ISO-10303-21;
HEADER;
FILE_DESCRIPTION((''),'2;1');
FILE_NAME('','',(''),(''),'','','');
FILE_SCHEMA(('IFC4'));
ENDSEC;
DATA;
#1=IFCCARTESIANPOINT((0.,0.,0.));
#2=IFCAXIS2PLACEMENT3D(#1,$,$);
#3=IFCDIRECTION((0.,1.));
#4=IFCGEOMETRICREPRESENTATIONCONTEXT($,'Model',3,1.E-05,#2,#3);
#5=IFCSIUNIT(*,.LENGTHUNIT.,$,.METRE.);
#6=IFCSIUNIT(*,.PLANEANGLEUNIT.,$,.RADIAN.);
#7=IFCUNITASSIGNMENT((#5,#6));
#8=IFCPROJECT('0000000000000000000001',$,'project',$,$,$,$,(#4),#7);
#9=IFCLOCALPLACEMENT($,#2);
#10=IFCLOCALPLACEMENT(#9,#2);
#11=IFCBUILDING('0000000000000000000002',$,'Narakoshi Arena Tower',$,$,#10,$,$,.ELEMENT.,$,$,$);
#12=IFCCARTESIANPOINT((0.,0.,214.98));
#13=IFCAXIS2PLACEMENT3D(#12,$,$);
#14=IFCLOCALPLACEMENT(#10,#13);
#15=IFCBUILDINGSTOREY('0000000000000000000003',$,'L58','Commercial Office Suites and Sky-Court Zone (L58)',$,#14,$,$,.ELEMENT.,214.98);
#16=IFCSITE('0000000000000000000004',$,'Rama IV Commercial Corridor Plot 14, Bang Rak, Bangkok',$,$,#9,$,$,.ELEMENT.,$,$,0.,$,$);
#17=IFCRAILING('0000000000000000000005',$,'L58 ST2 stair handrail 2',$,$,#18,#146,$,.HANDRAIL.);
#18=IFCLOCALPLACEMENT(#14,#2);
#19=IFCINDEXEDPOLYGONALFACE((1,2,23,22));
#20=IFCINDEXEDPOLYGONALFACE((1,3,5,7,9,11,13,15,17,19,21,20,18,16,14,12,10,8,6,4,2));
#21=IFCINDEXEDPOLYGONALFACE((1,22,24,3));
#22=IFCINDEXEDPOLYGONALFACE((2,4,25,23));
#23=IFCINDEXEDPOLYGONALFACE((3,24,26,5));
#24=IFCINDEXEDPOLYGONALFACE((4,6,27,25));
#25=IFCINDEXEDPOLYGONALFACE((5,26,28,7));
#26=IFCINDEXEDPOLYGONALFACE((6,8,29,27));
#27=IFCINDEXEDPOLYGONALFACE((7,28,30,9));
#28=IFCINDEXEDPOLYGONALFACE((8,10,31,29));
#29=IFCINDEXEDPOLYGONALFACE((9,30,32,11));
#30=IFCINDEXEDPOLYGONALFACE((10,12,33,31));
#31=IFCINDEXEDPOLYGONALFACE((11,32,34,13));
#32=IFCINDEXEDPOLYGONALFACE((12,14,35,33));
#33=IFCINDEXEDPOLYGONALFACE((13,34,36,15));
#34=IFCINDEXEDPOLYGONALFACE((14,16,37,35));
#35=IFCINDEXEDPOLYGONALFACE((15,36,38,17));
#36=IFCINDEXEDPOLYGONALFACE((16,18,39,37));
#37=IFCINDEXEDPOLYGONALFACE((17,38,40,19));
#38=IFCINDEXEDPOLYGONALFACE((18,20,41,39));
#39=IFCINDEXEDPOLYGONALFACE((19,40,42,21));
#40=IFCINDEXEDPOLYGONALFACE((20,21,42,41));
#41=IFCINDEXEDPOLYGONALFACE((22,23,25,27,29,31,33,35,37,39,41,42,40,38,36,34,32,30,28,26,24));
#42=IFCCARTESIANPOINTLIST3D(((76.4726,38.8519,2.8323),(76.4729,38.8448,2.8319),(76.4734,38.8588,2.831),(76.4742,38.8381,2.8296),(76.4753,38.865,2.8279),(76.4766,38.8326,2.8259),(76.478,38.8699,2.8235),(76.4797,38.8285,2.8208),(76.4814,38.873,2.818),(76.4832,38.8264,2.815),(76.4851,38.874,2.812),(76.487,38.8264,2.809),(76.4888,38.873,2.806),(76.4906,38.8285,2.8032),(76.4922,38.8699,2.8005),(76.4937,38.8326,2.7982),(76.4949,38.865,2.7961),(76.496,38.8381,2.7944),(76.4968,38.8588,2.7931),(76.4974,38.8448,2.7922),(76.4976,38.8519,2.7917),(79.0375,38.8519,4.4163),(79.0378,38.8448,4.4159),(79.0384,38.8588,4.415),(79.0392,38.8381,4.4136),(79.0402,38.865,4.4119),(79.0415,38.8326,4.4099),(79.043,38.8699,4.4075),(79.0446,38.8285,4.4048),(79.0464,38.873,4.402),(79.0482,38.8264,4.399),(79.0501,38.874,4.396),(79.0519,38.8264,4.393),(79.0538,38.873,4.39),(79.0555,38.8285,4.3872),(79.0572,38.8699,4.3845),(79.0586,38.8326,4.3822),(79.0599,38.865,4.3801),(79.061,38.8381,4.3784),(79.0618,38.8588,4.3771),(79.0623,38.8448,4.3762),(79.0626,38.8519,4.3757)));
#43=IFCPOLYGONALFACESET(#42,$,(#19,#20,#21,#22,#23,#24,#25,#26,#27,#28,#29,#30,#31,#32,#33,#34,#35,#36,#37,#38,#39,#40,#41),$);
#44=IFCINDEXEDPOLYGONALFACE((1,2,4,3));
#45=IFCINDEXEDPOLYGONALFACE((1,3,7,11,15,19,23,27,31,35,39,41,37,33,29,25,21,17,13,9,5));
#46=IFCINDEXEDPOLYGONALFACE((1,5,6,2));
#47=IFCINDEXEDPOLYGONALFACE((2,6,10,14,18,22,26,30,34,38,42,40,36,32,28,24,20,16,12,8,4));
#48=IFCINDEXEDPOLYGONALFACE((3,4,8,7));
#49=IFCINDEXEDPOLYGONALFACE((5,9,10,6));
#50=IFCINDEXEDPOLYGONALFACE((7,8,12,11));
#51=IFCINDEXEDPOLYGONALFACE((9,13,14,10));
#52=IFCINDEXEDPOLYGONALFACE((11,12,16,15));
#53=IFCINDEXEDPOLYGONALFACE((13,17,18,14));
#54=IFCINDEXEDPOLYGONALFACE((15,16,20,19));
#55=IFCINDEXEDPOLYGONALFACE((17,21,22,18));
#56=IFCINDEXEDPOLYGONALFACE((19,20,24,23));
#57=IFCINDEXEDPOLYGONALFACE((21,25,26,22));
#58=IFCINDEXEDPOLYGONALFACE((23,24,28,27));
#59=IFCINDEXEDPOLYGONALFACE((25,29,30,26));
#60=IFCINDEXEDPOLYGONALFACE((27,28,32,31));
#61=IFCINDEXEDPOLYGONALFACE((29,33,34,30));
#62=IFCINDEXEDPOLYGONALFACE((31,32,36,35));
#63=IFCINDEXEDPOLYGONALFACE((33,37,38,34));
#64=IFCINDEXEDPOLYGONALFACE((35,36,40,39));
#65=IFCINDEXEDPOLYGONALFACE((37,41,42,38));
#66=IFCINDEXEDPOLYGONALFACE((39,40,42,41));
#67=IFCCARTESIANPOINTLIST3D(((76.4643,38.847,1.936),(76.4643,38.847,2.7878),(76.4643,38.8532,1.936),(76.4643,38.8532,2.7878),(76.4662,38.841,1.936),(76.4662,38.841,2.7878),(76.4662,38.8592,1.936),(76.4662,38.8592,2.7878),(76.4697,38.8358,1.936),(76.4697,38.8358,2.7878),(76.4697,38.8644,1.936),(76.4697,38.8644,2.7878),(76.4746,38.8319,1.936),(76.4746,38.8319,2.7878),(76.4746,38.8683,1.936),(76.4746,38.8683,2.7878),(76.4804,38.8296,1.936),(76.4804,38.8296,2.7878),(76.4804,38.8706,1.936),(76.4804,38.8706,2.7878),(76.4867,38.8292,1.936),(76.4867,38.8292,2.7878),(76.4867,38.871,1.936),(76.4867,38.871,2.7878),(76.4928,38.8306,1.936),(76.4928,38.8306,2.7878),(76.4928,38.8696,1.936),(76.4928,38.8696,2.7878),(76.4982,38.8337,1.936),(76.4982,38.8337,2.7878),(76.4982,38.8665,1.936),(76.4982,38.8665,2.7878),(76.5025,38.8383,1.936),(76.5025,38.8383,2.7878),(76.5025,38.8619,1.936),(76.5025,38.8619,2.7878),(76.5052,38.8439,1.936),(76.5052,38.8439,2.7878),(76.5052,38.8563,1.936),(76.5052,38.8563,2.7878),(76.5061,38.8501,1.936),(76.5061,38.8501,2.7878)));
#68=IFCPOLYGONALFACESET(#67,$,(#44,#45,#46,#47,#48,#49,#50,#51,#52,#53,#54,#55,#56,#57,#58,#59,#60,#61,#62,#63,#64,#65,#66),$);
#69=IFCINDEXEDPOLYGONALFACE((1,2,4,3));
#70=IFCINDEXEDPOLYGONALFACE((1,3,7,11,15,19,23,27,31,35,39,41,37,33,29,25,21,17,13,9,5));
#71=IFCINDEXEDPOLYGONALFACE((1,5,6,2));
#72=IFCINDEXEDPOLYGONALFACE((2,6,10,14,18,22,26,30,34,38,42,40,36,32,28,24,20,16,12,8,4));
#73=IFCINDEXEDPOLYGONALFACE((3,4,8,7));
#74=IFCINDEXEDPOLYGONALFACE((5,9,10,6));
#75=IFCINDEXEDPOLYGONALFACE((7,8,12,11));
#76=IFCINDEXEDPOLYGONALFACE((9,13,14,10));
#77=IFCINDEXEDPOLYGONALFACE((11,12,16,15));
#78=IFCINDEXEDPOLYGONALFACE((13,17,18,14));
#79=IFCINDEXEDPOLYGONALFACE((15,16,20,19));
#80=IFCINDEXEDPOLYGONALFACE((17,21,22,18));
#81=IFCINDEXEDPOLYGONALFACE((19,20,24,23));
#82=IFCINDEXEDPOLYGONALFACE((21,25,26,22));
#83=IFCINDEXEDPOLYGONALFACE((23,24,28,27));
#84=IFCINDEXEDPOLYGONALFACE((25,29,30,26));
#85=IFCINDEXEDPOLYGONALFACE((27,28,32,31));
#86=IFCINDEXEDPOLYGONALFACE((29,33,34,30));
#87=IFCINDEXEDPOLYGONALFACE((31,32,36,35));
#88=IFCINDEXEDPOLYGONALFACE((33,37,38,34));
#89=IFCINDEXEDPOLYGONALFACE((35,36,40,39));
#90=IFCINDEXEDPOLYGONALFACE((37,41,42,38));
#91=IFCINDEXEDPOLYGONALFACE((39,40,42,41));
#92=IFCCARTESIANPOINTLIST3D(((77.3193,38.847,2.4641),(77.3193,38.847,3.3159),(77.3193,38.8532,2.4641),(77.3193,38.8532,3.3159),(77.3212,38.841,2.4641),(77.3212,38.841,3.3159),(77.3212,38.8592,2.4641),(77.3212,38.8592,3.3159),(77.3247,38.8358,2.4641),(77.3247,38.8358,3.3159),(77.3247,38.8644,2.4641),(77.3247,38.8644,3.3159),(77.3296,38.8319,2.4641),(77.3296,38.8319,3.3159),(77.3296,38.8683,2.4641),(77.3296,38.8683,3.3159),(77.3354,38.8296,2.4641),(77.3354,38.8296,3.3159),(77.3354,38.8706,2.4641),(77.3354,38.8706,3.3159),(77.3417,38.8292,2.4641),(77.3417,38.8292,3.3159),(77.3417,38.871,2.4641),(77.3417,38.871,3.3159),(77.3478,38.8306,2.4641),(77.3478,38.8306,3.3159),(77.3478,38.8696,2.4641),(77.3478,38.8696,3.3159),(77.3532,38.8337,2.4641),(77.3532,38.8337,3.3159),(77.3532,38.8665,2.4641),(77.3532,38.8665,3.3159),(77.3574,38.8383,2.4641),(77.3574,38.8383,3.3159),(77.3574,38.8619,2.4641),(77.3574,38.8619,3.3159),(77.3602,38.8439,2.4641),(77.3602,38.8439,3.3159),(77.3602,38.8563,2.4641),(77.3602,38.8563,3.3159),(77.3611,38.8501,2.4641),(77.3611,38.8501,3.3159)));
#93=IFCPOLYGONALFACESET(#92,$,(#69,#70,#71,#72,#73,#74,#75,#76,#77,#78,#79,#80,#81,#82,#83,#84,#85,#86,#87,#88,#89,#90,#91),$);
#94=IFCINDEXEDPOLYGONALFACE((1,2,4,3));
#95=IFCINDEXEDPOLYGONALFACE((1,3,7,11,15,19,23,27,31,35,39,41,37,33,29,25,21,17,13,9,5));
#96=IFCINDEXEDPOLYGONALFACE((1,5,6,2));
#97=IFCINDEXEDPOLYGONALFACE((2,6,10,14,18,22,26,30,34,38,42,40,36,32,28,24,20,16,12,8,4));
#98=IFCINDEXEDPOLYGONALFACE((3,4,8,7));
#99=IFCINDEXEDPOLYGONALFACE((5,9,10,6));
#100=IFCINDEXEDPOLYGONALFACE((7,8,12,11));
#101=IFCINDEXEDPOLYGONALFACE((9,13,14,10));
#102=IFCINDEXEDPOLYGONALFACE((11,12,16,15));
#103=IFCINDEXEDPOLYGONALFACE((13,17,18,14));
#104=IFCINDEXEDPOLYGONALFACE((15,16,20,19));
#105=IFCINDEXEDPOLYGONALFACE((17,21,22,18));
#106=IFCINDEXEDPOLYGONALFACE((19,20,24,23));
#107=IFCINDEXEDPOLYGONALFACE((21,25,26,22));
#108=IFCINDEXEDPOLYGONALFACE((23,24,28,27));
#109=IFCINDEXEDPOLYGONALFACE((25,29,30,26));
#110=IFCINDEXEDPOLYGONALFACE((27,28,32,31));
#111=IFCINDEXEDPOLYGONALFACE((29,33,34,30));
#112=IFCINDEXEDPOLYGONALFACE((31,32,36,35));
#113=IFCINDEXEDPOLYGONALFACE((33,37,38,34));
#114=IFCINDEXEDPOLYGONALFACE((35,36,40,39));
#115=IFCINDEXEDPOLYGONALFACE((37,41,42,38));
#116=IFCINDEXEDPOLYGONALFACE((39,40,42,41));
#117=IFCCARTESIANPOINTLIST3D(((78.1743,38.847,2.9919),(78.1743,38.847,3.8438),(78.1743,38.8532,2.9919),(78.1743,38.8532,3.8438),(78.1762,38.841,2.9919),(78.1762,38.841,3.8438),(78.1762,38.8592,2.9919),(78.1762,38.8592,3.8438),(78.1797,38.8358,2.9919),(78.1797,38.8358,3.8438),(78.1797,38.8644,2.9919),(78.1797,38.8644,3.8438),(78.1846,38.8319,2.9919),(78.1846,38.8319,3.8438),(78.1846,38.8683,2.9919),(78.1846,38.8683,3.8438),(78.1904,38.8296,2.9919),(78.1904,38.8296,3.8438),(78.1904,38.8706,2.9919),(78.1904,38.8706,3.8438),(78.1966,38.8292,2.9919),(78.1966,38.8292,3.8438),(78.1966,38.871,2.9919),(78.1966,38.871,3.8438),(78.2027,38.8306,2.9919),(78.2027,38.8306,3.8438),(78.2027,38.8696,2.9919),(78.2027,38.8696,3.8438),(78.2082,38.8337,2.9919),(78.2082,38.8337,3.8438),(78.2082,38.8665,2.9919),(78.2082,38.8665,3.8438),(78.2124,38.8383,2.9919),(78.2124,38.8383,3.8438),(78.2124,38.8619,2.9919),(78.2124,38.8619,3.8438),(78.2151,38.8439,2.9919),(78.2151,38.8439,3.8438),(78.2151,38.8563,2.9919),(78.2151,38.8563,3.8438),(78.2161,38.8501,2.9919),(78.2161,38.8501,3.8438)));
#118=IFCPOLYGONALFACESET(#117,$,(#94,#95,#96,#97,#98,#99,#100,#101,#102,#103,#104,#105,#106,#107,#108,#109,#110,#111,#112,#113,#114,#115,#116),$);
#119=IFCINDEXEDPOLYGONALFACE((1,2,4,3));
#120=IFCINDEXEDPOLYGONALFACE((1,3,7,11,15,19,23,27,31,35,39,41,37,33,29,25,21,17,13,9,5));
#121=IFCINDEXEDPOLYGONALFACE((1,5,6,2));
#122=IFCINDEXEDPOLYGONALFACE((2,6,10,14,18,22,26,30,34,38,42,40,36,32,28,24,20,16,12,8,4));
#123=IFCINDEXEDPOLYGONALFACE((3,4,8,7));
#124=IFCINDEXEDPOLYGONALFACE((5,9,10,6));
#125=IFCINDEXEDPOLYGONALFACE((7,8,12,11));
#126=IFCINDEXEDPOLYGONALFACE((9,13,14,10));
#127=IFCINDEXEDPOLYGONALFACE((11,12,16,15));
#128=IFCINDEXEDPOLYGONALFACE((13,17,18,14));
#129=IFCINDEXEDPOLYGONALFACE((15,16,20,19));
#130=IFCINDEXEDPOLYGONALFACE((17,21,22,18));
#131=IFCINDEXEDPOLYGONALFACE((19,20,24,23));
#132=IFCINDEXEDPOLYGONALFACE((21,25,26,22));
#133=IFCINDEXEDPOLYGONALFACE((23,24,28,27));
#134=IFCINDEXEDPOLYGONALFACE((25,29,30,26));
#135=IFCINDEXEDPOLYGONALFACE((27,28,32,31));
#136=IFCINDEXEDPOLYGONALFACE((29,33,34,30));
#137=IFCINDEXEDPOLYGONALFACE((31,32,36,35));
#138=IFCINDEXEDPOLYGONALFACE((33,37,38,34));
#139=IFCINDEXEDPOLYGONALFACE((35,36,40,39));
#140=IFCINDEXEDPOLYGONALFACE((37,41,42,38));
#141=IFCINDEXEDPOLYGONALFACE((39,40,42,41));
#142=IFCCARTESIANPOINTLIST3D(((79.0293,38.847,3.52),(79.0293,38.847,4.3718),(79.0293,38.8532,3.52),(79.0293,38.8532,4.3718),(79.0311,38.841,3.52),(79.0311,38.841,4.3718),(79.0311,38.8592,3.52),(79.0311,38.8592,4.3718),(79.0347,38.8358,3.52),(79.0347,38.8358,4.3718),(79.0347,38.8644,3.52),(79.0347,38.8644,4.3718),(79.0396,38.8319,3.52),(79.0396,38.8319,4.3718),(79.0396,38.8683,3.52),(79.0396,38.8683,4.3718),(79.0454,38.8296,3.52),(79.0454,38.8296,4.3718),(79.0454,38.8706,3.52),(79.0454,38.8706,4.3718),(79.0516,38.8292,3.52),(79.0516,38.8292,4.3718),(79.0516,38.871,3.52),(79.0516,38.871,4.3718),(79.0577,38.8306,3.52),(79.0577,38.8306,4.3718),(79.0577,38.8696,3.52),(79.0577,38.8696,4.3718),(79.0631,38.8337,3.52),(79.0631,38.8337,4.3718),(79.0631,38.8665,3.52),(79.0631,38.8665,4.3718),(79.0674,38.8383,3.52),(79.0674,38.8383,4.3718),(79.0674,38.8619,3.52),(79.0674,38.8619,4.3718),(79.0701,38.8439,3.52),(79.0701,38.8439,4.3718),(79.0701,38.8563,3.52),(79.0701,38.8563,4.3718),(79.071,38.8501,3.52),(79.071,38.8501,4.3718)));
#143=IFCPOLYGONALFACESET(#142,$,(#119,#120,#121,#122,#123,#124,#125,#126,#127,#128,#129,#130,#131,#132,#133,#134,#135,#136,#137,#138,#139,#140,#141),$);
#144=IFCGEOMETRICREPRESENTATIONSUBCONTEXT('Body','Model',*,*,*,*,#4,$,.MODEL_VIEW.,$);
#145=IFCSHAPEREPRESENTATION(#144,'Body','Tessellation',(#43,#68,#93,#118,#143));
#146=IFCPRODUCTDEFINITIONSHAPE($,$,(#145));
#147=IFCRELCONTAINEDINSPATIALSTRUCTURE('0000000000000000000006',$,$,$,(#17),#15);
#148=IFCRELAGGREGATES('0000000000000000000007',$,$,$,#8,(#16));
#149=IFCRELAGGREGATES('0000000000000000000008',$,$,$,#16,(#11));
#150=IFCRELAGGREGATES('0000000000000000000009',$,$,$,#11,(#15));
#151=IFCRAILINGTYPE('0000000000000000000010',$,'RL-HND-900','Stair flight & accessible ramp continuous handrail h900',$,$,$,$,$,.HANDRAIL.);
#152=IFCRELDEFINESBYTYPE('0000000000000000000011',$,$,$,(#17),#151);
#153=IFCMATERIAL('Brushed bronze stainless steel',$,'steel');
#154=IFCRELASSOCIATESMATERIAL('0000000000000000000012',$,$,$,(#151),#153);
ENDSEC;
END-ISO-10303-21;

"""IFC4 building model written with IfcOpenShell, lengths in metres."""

from ifc_helpers import new_model, si_unit, direction, frame, origin, origin_2d, place, context, subcontext, project, spatial, circle, extrude, material, type_object, element, save


model = new_model("IFC4")

# Units and contexts
model_context = context("Model", 3, precision=1e-05, world=origin(), true_north=direction((0.0, 1.0)))
body_context = subcontext(model_context, "Body", "Model", "MODEL_VIEW")
ifc_project = project(units=[si_unit("LENGTHUNIT", "METRE"), si_unit("PLANEANGLEUNIT", "RADIAN")], contexts=[model_context])

# Site, building, storey
site_placement = place(None, origin())
site = spatial("IfcSite", under=ifc_project, at=site_placement, Name="Rama IV Commercial Corridor Plot 14, Bang Rak, Bangkok", CompositionType="ELEMENT", RefElevation=0.0)
building_placement = place(site_placement, origin())
building = spatial("IfcBuilding", under=site, at=building_placement, Name="Narakoshi Arena Tower", CompositionType="ELEMENT")
storey_placement = place(building_placement, frame((0.0, 0.0, 214.98)))
storey = spatial("IfcBuildingStorey", under=building, at=storey_placement, Name="L58", Description="Commercial Office Suites and Sky-Court Zone (L58)", CompositionType="ELEMENT", Elevation=214.98)

# Railing
ifc_material_1 = material(Name="Brushed bronze stainless steel", Category="steel")
railing_type_1 = type_object("IfcRailingType", Name="RL-HND-900", Description="Stair flight & accessible ramp continuous handrail h900", PredefinedType="HANDRAIL", material=ifc_material_1)
railing_1_placement = place(storey_placement, frame((76.4851, 38.8501, 1.936)))
element("IfcRailing", 1, at=railing_1_placement, inside=storey, type_object=railing_type_1, Name="L58 ST2 stair handrail 2", PredefinedType="HANDRAIL", context=body_context, shape_type="SweptSolid", body=[
    extrude(circle(Radius=0.0239, at=origin_2d()), frame((0.0, 0.0, 0.876), z_axis=(0.850834, 0.0, 0.525434), x_axis=(0.0, 1.0, 0.0)), (0.0, 0.0, 1.0), 3.0146),
    extrude(circle(Radius=0.021, at=origin_2d()), origin(), (0.0, 0.0, 1.0), 0.8518),
    extrude(circle(Radius=0.021, at=origin_2d()), frame((0.855, 0.0, 0.5281)), (0.0, 0.0, 1.0), 0.8518),
    extrude(circle(Radius=0.021, at=origin_2d()), frame((1.71, 0.0, 1.0559)), (0.0, 0.0, 1.0), 0.8518),
    extrude(circle(Radius=0.021, at=origin_2d()), frame((2.5649, 0.0, 1.584)), (0.0, 0.0, 1.0), 0.8518),
])

save(model, "model.ifc")
